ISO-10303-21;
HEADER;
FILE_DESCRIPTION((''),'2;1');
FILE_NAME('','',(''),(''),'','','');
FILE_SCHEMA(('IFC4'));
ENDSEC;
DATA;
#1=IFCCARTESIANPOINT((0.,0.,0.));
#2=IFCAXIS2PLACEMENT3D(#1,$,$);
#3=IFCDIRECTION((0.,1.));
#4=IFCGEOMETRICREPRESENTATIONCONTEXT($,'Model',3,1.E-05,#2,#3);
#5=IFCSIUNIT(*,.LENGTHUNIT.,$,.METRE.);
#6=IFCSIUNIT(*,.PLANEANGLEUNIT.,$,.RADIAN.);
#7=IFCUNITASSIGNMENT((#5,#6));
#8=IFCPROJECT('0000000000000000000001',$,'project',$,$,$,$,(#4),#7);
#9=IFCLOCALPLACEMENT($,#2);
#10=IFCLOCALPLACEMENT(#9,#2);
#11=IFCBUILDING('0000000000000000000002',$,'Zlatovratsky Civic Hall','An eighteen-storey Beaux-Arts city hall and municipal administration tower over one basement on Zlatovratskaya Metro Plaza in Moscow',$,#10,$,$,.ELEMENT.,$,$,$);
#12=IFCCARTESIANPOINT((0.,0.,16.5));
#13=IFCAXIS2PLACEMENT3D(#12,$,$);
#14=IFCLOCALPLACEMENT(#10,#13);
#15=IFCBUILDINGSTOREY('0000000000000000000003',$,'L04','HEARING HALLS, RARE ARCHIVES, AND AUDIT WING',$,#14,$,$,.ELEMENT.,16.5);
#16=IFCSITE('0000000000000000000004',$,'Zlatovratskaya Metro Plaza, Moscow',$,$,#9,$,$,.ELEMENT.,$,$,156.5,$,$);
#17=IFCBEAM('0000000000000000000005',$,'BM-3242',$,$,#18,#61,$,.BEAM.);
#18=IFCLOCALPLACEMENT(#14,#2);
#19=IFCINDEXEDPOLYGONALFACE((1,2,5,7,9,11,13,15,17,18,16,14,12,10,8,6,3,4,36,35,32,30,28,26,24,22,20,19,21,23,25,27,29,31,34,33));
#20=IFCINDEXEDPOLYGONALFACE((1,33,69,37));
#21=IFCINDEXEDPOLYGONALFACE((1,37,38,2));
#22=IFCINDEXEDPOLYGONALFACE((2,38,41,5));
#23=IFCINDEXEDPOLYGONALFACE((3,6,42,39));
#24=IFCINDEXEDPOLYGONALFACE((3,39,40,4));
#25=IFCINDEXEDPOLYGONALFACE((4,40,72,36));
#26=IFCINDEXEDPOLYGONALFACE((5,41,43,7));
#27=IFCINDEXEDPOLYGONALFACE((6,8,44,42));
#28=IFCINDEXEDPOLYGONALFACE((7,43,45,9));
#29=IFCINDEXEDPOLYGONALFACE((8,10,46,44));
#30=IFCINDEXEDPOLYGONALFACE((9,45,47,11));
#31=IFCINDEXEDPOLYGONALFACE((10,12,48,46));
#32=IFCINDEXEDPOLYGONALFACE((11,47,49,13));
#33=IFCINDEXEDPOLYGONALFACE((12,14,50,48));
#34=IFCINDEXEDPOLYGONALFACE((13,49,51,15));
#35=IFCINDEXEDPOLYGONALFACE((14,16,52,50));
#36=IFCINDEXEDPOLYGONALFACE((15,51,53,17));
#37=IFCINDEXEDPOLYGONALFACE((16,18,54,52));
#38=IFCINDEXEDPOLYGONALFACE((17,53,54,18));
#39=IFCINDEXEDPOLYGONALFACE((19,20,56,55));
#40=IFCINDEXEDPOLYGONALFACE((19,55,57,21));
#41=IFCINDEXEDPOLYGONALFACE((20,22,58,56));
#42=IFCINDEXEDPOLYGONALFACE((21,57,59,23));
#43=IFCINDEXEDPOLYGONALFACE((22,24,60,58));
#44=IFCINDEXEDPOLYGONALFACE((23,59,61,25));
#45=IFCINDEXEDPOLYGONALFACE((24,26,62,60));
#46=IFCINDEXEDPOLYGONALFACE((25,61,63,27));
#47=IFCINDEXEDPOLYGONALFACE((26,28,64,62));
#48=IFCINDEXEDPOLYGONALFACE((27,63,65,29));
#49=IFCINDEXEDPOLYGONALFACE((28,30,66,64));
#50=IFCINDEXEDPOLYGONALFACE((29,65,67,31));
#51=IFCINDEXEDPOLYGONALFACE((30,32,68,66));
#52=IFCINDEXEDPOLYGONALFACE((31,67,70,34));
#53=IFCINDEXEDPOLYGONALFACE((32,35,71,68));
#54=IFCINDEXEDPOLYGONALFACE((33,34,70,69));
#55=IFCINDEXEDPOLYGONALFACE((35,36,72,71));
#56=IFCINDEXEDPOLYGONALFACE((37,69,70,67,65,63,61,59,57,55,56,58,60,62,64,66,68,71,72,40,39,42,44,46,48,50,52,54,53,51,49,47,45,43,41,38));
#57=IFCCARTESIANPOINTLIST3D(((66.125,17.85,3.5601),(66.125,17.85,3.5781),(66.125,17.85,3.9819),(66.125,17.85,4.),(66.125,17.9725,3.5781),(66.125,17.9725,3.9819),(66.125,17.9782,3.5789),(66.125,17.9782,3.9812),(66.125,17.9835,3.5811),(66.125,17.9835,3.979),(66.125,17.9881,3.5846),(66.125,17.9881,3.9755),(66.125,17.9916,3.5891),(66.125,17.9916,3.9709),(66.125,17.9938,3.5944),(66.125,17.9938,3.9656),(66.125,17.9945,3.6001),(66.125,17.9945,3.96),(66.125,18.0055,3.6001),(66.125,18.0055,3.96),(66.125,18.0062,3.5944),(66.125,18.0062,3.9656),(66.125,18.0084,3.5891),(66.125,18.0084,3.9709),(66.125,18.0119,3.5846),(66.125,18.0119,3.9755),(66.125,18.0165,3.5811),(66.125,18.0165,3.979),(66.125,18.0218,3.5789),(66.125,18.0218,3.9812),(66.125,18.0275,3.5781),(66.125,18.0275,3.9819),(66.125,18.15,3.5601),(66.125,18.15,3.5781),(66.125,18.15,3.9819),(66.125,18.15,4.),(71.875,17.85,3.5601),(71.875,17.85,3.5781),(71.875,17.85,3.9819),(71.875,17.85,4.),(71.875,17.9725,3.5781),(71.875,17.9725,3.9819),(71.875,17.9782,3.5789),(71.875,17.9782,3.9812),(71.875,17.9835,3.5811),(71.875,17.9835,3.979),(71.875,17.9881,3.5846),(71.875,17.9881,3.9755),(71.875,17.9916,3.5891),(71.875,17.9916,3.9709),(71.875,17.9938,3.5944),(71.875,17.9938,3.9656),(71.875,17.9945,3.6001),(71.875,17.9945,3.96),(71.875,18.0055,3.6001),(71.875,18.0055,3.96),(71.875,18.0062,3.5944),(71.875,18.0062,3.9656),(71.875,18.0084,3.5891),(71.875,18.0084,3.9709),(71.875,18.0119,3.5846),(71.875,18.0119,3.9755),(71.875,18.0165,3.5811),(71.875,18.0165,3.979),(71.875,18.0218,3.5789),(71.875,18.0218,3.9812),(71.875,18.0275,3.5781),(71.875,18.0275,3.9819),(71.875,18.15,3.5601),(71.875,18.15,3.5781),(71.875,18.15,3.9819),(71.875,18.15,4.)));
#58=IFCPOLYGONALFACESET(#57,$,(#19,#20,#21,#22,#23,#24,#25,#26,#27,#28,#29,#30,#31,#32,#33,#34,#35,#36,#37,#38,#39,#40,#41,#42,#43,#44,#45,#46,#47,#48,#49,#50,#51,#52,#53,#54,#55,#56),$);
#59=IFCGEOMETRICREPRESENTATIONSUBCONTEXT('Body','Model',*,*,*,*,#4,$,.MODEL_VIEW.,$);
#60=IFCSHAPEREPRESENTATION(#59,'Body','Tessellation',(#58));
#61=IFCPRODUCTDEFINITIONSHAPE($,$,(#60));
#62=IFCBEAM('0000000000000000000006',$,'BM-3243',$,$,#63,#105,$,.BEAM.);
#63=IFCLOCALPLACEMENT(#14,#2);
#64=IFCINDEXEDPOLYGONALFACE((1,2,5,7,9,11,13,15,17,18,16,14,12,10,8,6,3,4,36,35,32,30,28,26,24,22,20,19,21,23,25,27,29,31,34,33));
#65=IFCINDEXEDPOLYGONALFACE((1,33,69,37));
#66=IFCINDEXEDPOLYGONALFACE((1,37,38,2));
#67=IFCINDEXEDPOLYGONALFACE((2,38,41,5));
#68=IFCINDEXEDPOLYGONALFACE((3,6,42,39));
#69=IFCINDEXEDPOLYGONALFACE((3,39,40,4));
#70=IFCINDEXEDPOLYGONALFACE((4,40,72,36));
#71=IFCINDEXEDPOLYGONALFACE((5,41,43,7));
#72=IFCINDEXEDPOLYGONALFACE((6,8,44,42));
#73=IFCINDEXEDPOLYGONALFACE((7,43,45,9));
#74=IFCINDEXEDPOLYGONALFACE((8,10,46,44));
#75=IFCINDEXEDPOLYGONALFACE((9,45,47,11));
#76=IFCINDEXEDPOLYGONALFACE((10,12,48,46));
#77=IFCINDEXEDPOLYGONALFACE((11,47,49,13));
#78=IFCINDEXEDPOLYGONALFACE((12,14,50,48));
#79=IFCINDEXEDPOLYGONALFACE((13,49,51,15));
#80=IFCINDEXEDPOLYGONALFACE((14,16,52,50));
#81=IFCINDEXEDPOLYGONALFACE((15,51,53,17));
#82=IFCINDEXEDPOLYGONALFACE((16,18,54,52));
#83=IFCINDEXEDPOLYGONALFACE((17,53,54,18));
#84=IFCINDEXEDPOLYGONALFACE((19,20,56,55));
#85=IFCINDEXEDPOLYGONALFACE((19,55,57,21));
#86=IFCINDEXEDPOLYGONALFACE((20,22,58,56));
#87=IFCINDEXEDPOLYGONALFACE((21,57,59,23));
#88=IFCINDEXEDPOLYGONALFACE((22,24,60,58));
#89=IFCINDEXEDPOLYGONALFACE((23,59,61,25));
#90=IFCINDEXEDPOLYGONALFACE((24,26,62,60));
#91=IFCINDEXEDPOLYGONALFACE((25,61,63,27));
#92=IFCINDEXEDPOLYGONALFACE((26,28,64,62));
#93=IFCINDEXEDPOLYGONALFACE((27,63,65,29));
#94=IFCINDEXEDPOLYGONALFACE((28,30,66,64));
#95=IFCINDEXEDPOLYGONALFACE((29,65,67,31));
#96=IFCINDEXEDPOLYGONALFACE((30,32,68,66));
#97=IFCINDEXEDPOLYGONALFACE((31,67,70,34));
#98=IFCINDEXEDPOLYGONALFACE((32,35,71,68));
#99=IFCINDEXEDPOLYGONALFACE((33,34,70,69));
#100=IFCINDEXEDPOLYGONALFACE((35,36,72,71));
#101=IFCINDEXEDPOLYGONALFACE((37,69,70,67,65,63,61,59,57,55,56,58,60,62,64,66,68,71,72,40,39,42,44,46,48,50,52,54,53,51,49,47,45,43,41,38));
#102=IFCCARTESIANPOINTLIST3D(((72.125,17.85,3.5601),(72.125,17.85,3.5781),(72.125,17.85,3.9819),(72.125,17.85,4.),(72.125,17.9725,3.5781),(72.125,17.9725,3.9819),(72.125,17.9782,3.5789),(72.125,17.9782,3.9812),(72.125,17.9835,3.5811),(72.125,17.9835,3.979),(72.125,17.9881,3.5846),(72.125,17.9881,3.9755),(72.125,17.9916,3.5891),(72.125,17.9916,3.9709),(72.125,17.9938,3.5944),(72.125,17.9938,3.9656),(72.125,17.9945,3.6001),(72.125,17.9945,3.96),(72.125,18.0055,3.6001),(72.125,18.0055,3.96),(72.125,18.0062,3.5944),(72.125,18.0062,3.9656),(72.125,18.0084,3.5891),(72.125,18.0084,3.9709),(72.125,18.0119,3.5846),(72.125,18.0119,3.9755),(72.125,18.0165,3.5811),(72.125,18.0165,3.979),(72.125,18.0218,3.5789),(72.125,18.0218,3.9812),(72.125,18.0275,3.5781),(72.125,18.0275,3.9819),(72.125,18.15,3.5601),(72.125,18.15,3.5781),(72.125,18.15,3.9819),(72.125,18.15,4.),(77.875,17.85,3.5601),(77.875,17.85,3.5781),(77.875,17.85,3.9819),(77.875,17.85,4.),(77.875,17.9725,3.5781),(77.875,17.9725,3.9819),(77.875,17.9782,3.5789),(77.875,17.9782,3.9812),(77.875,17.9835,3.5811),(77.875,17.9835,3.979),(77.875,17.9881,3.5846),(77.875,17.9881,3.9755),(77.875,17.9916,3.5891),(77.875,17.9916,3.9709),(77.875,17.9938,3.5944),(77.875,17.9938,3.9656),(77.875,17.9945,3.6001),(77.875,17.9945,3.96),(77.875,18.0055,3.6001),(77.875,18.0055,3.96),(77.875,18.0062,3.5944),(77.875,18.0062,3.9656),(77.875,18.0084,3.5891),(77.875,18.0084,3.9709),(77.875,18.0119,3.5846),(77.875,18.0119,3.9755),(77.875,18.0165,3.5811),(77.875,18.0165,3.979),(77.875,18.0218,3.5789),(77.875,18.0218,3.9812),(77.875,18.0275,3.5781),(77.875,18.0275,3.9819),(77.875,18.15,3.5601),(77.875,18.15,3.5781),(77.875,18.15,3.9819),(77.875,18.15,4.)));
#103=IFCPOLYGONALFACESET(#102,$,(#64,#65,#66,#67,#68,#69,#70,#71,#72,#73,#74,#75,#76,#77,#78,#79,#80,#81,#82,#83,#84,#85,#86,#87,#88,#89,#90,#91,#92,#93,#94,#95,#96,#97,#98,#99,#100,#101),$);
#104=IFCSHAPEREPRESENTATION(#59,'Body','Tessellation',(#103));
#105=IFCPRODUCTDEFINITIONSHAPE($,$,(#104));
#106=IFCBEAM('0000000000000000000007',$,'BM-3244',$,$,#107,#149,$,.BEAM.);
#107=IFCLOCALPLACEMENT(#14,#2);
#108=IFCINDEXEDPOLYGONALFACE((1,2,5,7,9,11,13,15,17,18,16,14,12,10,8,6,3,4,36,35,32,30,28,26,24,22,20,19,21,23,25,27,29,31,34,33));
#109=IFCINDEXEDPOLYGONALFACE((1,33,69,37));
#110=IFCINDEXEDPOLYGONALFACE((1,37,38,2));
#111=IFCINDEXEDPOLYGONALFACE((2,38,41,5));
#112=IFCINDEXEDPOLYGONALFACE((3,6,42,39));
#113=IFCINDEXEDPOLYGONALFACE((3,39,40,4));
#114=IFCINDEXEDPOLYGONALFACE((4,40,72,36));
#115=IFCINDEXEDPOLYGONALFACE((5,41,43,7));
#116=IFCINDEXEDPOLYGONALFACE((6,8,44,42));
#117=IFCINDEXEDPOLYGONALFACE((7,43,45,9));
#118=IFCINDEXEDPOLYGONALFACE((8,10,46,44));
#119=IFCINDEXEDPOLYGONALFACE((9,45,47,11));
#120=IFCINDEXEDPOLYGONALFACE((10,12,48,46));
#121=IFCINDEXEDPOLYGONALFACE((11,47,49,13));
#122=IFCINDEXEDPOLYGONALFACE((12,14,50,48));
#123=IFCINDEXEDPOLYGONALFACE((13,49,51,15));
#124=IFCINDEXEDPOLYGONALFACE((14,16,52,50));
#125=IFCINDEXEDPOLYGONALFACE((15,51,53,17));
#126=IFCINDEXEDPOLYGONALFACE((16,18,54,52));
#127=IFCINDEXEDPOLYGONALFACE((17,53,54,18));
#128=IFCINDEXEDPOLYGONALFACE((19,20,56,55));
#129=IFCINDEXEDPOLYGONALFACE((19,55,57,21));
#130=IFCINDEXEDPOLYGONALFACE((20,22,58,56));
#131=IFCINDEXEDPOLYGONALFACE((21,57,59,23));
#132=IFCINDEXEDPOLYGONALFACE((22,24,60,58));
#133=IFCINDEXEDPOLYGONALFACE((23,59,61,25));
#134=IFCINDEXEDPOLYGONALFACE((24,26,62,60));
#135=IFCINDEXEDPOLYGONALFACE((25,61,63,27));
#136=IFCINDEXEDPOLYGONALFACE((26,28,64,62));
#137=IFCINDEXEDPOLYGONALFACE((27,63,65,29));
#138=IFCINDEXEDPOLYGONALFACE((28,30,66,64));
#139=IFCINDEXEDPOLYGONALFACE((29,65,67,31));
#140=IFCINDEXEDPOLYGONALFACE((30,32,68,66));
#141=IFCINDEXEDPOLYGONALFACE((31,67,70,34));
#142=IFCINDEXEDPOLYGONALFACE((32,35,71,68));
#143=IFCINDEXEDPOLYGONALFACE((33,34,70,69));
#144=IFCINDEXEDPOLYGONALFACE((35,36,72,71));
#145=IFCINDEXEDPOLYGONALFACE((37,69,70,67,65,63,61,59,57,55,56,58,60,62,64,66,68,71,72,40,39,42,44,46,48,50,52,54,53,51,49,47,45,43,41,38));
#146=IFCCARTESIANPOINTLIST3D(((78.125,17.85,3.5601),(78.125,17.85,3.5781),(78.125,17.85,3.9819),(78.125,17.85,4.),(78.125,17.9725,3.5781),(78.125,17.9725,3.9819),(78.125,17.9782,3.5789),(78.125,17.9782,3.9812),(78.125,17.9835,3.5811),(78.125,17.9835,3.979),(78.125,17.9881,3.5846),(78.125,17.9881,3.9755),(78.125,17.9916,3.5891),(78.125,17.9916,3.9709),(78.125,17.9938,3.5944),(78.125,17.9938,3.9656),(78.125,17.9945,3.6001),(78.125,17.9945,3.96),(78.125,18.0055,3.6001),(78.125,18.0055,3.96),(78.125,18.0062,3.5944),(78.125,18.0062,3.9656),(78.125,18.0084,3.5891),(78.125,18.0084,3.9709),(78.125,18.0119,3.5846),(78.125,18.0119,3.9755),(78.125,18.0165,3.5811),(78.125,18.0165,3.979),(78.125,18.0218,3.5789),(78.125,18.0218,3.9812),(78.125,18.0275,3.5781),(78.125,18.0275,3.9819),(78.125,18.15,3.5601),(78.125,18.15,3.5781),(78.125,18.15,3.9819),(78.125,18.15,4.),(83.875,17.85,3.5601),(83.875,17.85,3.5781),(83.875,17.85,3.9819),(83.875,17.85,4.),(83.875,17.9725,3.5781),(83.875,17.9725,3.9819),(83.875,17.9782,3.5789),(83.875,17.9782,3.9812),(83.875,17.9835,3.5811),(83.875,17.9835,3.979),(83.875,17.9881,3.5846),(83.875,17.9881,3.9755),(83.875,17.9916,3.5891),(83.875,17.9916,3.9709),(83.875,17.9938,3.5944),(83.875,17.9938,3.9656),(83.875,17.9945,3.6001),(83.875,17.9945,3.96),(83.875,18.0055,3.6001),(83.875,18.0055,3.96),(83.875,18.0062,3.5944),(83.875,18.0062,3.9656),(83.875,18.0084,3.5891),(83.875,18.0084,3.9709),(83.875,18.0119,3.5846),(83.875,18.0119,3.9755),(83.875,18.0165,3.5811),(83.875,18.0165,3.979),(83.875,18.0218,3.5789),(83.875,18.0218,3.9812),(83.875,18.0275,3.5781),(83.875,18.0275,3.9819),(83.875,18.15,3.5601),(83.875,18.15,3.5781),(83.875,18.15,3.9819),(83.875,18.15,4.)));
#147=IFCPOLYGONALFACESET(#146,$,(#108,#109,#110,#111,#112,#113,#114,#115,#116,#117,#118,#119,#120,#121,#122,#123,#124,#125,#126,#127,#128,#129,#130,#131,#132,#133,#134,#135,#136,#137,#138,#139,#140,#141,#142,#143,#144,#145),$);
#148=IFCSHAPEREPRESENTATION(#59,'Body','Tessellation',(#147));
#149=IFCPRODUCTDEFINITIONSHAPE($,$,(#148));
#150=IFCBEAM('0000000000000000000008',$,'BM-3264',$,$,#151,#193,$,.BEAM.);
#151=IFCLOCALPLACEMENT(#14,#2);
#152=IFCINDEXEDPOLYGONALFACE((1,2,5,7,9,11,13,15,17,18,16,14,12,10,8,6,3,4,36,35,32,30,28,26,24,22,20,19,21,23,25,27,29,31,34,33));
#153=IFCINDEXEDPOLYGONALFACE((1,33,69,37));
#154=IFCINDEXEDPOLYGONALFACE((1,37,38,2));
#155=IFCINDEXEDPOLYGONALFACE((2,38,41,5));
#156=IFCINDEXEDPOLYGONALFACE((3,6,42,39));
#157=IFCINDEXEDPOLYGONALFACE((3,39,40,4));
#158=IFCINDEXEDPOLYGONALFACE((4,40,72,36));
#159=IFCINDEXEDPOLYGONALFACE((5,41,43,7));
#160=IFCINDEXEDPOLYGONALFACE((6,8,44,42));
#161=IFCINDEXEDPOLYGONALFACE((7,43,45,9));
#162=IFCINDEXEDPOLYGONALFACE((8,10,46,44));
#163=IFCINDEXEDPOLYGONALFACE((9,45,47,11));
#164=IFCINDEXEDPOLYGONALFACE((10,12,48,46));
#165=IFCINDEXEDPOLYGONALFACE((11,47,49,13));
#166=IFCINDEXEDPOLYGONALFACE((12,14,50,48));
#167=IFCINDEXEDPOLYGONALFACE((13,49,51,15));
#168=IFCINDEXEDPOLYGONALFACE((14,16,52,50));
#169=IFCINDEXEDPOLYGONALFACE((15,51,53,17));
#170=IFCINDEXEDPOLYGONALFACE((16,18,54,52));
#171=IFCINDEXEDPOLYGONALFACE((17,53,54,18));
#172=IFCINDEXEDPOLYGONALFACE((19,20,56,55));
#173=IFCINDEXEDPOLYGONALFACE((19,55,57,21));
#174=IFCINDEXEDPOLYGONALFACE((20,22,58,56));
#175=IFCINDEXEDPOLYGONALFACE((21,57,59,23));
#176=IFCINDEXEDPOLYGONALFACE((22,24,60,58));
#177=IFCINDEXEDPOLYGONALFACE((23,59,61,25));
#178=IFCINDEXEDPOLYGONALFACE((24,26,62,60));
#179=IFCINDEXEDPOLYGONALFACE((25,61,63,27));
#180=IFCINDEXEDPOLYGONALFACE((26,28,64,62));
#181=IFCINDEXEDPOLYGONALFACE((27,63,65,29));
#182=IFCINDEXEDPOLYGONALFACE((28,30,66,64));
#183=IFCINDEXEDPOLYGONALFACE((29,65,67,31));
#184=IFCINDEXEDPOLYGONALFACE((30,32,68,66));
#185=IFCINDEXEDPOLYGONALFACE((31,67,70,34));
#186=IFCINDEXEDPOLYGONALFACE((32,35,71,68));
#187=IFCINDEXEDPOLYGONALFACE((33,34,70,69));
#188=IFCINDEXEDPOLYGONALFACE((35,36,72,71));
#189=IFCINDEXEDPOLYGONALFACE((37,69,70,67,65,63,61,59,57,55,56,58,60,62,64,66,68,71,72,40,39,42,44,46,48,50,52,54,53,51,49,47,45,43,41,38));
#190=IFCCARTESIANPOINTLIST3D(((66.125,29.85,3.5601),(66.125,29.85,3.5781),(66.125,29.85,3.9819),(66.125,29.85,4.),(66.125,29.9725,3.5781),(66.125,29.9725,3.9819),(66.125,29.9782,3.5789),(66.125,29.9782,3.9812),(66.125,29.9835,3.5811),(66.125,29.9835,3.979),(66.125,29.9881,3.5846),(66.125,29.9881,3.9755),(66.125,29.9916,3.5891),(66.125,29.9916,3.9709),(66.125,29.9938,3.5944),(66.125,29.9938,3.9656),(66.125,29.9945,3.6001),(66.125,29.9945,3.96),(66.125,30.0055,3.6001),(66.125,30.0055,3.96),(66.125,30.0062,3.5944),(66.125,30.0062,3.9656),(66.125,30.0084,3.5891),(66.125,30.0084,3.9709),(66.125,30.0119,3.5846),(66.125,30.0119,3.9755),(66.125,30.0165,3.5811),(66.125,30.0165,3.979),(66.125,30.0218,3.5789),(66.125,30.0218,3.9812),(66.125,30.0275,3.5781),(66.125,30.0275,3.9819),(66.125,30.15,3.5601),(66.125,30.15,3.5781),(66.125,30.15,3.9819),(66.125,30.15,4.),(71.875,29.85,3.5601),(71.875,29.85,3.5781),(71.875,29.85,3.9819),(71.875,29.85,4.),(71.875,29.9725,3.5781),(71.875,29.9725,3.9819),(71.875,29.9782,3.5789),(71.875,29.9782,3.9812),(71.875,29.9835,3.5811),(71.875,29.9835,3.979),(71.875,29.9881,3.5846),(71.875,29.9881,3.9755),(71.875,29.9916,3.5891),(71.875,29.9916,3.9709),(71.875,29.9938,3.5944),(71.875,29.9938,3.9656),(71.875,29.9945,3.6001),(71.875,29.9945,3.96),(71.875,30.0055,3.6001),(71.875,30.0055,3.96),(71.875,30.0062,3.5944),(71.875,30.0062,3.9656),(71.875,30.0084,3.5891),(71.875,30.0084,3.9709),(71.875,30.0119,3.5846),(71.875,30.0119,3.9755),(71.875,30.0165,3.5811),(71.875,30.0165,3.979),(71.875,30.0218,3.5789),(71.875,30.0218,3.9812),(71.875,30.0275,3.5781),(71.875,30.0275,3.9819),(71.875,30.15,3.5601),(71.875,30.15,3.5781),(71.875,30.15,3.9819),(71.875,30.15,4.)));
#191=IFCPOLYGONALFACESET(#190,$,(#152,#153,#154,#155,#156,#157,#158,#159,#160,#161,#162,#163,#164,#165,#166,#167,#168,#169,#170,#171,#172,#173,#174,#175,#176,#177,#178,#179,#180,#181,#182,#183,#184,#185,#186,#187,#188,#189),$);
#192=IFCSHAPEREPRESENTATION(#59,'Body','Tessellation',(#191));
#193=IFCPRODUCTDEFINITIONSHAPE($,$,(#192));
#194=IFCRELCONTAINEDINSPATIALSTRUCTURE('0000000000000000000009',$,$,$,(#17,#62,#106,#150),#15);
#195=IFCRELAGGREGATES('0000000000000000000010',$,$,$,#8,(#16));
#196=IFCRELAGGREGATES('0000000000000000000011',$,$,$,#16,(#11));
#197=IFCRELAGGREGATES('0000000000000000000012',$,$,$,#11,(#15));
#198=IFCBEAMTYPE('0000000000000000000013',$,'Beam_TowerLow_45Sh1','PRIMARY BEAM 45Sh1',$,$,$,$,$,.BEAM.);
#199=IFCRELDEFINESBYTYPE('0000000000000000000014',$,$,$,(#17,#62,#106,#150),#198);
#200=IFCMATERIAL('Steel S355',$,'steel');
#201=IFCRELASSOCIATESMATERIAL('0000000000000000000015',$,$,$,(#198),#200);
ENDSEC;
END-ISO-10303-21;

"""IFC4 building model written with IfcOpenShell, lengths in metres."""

from ifc_helpers import new_model, si_unit, direction, frame, origin, origin_2d, place, context, subcontext, project, spatial, i_section, extrude, material, material_profile, profile_set, type_object, element, save


model = new_model("IFC4")

# Units and contexts
model_context = context("Model", 3, precision=1e-05, world=origin(), true_north=direction((0.0, 1.0)))
body_context = subcontext(model_context, "Body", "Model", "MODEL_VIEW")
ifc_project = project(units=[si_unit("LENGTHUNIT", "METRE"), si_unit("PLANEANGLEUNIT", "RADIAN")], contexts=[model_context])

# Site, building, storey
site_placement = place(None, origin())
site = spatial("IfcSite", under=ifc_project, at=site_placement, Name="Zlatovratskaya Metro Plaza, Moscow", CompositionType="ELEMENT", RefElevation=156.5)
building_placement = place(site_placement, origin())
building = spatial("IfcBuilding", under=site, at=building_placement, Name="Zlatovratsky Civic Hall", Description="An eighteen-storey Beaux-Arts city hall and municipal administration tower over one basement on Zlatovratskaya Metro Plaza in Moscow", CompositionType="ELEMENT")
storey_placement = place(building_placement, frame((0.0, 0.0, 16.5)))
storey = spatial("IfcBuildingStorey", under=building, at=storey_placement, Name="L04", Description="HEARING HALLS, RARE ARCHIVES, AND AUDIT WING", CompositionType="ELEMENT", Elevation=16.5)

# Shared definitions
ifc_material_1 = material(Name="Steel S355", Category="steel")

# Beams
ifc_material_profile_1 = material_profile(ifc_material_1, i_section(OverallWidth=0.3, OverallDepth=0.4399, WebThickness=0.011, FlangeThickness=0.0181, FilletRadius=0.022, at=origin_2d()), Name="45Sh1")
ifc_profile_set_1 = profile_set([ifc_material_profile_1], Name="Steel S355")
beam_type_1 = type_object("IfcBeamType", Name="Beam_TowerLow_45Sh1", Description="PRIMARY BEAM 45Sh1", PredefinedType="BEAM", material=ifc_profile_set_1)
for number, where, z_axis, x_axis, name in (
    (1, (66.125, 18.0, 3.78), (1.0, 0.0, 0.0), (0.0, 1.0, 0.0), "BM-3242"),
    (2, (72.125, 18.0, 3.78), (1.0, 0.0, 0.0), (0.0, 1.0, 0.0), "BM-3243"),
    (3, (78.125, 18.0, 3.78), (1.0, 0.0, 0.0), (0.0, 1.0, 0.0), "BM-3244"),
    (4, (66.125, 30.0, 3.78), (1.0, 0.0, 0.0), (0.0, 1.0, 0.0), "BM-3264"),
):
    element("IfcBeam", number, at=place(storey_placement, frame(where, z_axis=z_axis, x_axis=x_axis)), inside=storey, type_object=beam_type_1, Name=name, PredefinedType="BEAM", context=body_context, shape_type="SweptSolid", body=[
        extrude(i_section(OverallWidth=0.3, OverallDepth=0.4399, WebThickness=0.011, FlangeThickness=0.0181, FilletRadius=0.022, at=origin_2d()), origin(), (0.0, 0.0, 1.0), 5.75),
    ])

save(model, "model.ifc")
